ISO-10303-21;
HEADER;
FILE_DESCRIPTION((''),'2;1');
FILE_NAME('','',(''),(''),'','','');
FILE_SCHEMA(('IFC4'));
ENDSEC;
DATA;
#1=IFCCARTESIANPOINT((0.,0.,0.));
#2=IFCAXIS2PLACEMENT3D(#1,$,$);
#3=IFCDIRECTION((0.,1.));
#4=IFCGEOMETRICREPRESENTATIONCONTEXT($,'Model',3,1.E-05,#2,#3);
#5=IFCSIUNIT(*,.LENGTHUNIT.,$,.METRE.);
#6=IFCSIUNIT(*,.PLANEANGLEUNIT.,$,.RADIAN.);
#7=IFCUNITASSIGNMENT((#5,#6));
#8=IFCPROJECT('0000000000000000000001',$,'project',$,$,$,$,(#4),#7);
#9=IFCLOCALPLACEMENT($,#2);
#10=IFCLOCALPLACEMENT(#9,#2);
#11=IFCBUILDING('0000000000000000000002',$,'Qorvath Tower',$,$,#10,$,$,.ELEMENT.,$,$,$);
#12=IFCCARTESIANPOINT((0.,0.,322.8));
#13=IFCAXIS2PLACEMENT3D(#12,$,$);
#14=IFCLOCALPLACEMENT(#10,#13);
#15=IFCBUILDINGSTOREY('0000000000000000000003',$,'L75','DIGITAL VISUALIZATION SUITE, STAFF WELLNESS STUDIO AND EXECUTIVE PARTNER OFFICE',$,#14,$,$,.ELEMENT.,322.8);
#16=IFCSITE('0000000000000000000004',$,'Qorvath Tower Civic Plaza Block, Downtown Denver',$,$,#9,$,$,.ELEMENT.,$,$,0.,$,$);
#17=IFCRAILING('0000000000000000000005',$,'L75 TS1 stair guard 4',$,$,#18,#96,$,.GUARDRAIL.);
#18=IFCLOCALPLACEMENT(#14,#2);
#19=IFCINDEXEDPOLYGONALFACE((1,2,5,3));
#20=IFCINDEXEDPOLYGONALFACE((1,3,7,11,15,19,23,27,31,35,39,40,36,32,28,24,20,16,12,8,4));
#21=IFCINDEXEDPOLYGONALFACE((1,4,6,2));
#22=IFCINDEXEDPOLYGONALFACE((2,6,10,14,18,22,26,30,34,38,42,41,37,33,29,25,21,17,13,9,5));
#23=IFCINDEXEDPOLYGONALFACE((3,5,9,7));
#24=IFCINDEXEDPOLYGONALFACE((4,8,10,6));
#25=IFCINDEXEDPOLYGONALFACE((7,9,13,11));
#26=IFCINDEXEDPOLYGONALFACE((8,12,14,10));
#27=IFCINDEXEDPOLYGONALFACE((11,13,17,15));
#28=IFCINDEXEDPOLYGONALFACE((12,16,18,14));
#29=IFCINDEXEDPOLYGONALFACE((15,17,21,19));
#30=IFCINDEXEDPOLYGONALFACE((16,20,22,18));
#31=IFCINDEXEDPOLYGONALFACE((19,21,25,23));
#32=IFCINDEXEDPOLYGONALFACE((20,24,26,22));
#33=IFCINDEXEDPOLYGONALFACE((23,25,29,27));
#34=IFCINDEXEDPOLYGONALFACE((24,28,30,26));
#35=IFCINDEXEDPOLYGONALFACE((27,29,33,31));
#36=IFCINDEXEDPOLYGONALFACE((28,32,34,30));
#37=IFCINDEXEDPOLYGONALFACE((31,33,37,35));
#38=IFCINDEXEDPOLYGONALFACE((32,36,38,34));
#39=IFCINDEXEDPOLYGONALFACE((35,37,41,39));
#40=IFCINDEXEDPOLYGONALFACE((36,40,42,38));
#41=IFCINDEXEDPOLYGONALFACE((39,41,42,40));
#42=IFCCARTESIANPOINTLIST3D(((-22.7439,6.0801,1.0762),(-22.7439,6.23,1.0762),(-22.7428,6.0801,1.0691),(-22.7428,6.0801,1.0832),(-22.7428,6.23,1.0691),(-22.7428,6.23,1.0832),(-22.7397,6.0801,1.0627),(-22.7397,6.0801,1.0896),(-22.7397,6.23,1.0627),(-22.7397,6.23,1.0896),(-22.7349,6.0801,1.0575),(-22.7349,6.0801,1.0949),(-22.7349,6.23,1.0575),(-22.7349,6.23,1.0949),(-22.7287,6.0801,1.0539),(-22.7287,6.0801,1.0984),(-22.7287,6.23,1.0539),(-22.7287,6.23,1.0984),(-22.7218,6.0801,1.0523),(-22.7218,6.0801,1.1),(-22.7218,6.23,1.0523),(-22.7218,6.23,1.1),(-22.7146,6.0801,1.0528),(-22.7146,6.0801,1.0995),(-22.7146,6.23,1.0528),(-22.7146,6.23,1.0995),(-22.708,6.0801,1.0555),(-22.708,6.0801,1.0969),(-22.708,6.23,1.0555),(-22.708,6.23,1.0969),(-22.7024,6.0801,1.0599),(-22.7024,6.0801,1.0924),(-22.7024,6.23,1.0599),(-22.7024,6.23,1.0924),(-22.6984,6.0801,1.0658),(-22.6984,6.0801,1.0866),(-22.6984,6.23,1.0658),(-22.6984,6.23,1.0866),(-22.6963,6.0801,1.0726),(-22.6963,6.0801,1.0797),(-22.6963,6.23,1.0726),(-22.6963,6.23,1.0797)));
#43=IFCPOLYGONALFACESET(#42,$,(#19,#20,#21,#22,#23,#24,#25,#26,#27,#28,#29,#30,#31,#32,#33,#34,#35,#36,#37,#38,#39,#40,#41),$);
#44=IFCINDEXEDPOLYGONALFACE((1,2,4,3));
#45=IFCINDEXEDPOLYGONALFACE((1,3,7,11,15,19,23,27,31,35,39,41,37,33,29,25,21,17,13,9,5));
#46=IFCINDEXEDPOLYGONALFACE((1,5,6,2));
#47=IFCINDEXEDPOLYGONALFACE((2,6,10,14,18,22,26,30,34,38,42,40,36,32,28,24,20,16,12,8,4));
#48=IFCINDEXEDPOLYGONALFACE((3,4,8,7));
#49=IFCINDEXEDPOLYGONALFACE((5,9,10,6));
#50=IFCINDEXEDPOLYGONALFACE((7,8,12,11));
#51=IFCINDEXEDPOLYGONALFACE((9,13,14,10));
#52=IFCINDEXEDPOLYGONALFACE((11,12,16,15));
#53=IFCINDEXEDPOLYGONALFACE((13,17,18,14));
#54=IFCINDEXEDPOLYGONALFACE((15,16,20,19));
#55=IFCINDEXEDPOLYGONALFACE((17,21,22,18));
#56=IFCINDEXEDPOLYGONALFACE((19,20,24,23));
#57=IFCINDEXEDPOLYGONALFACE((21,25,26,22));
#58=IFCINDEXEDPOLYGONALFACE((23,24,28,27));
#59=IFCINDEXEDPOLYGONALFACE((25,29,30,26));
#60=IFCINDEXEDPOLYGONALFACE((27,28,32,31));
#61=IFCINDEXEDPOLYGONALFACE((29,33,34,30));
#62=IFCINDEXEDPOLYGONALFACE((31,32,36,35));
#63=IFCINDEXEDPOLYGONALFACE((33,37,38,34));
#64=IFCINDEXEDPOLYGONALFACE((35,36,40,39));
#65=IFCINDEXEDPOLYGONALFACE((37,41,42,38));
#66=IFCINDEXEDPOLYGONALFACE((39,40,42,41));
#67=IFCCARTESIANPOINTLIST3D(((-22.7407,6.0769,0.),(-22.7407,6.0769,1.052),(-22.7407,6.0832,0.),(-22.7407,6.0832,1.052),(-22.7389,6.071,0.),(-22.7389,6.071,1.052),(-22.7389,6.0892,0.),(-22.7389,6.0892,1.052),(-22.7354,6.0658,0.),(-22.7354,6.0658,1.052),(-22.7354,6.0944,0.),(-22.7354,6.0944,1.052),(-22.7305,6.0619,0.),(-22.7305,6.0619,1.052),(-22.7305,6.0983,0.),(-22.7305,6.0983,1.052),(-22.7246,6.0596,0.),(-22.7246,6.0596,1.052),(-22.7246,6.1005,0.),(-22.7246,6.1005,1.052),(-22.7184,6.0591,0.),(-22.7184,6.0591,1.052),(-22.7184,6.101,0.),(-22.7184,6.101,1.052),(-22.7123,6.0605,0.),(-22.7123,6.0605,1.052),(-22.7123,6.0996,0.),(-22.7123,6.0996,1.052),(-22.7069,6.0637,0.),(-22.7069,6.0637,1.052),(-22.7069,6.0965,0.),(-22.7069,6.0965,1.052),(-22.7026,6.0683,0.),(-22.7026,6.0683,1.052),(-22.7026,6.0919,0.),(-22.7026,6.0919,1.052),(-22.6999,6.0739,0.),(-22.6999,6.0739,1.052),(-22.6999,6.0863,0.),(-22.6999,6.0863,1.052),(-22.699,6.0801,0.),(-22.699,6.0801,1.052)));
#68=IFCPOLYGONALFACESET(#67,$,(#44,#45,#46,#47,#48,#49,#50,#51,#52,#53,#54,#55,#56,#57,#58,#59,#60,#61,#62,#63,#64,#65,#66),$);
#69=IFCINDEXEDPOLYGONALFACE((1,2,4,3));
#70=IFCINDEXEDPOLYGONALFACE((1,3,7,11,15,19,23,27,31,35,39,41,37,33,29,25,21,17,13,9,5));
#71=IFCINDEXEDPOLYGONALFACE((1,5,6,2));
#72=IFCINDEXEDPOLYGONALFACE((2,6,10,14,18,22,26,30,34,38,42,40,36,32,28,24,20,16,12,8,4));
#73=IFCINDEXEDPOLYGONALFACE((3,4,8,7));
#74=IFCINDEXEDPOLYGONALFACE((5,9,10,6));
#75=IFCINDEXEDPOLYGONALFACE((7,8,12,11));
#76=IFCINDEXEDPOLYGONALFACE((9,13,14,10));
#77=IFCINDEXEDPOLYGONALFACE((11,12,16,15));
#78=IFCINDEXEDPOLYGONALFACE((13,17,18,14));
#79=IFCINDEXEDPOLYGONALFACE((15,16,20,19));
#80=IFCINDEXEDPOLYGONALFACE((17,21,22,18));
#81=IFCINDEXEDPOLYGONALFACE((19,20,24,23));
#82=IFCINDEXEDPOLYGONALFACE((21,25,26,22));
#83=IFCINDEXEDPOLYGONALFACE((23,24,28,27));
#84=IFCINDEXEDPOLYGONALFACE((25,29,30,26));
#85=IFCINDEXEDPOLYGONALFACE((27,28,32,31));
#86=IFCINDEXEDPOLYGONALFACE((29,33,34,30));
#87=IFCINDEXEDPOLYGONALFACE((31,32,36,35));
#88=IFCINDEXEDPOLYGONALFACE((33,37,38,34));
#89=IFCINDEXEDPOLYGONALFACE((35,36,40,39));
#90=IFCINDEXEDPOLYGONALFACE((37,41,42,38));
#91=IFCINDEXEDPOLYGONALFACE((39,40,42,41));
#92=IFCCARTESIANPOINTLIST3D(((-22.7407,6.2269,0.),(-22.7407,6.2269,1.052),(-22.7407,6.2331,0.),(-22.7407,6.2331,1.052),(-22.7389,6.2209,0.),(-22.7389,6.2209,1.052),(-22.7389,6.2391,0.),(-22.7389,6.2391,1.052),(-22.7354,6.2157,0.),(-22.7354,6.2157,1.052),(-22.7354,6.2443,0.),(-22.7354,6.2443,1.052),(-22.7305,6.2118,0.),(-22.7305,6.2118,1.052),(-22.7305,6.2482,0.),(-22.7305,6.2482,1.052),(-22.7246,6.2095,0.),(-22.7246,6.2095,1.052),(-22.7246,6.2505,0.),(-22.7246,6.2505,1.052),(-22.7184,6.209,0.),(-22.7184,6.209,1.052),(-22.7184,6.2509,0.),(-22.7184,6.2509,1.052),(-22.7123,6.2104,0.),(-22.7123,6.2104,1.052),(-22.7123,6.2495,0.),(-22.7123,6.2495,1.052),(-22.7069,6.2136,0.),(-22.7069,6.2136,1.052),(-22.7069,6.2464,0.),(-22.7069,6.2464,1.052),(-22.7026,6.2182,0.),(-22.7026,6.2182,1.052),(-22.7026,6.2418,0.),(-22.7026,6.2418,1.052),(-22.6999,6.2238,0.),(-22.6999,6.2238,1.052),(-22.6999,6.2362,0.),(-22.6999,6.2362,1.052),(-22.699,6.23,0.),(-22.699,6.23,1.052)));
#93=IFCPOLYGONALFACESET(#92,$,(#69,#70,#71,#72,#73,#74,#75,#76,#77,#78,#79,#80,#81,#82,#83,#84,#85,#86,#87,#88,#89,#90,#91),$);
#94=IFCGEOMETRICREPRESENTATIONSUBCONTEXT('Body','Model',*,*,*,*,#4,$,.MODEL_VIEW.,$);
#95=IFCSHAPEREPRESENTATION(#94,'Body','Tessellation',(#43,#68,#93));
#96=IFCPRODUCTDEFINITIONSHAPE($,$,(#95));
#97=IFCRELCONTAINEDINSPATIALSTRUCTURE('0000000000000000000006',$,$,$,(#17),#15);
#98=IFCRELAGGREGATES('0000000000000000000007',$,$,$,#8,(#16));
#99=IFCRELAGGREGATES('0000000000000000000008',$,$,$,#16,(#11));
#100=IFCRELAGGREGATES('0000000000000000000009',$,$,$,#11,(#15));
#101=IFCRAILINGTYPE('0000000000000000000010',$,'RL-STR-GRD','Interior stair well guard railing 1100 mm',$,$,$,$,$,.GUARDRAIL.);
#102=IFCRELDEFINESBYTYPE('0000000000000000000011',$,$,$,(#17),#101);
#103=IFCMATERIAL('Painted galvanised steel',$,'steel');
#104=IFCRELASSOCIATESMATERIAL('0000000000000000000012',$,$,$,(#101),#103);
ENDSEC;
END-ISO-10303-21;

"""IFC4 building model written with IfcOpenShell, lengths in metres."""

from ifc_helpers import new_model, si_unit, direction, frame, origin, origin_2d, place, context, subcontext, project, spatial, circle, extrude, material, type_object, element, save


model = new_model("IFC4")

# Units and contexts
model_context = context("Model", 3, precision=1e-05, world=origin(), true_north=direction((0.0, 1.0)))
body_context = subcontext(model_context, "Body", "Model", "MODEL_VIEW")
ifc_project = project(units=[si_unit("LENGTHUNIT", "METRE"), si_unit("PLANEANGLEUNIT", "RADIAN")], contexts=[model_context])

# Site, building, storey
site_placement = place(None, origin())
site = spatial("IfcSite", under=ifc_project, at=site_placement, Name="Qorvath Tower Civic Plaza Block, Downtown Denver", CompositionType="ELEMENT", RefElevation=0.0)
building_placement = place(site_placement, origin())
building = spatial("IfcBuilding", under=site, at=building_placement, Name="Qorvath Tower", CompositionType="ELEMENT")
storey_placement = place(building_placement, frame((0.0, 0.0, 322.8)))
storey = spatial("IfcBuildingStorey", under=building, at=storey_placement, Name="L75", Description="DIGITAL VISUALIZATION SUITE, STAFF WELLNESS STUDIO AND EXECUTIVE PARTNER OFFICE", CompositionType="ELEMENT", Elevation=322.8)

# Railing
ifc_material_1 = material(Name="Painted galvanised steel", Category="steel")
railing_type_1 = type_object("IfcRailingType", Name="RL-STR-GRD", Description="Interior stair well guard railing 1100 mm", PredefinedType="GUARDRAIL", material=ifc_material_1)
railing_1_placement = place(storey_placement, frame((-22.72, 6.0801, 0.0)))
element("IfcRailing", 1, at=railing_1_placement, inside=storey, type_object=railing_type_1, Name="L75 TS1 stair guard 4", PredefinedType="GUARDRAIL", context=body_context, shape_type="SweptSolid", body=[
    extrude(circle(Radius=0.0239, at=origin_2d()), frame((0.0, 0.0, 1.0762), z_axis=(0.0, 1.0, 0.0), x_axis=(-1.0, 0.0, 0.0)), (0.0, 0.0, 1.0), 0.1499),
    extrude(circle(Radius=0.021, at=origin_2d()), origin(), (0.0, 0.0, 1.0), 1.052),
    extrude(circle(Radius=0.021, at=origin_2d()), frame((0.0, 0.1499, 0.0)), (0.0, 0.0, 1.0), 1.052),
])

save(model, "model.ifc")
